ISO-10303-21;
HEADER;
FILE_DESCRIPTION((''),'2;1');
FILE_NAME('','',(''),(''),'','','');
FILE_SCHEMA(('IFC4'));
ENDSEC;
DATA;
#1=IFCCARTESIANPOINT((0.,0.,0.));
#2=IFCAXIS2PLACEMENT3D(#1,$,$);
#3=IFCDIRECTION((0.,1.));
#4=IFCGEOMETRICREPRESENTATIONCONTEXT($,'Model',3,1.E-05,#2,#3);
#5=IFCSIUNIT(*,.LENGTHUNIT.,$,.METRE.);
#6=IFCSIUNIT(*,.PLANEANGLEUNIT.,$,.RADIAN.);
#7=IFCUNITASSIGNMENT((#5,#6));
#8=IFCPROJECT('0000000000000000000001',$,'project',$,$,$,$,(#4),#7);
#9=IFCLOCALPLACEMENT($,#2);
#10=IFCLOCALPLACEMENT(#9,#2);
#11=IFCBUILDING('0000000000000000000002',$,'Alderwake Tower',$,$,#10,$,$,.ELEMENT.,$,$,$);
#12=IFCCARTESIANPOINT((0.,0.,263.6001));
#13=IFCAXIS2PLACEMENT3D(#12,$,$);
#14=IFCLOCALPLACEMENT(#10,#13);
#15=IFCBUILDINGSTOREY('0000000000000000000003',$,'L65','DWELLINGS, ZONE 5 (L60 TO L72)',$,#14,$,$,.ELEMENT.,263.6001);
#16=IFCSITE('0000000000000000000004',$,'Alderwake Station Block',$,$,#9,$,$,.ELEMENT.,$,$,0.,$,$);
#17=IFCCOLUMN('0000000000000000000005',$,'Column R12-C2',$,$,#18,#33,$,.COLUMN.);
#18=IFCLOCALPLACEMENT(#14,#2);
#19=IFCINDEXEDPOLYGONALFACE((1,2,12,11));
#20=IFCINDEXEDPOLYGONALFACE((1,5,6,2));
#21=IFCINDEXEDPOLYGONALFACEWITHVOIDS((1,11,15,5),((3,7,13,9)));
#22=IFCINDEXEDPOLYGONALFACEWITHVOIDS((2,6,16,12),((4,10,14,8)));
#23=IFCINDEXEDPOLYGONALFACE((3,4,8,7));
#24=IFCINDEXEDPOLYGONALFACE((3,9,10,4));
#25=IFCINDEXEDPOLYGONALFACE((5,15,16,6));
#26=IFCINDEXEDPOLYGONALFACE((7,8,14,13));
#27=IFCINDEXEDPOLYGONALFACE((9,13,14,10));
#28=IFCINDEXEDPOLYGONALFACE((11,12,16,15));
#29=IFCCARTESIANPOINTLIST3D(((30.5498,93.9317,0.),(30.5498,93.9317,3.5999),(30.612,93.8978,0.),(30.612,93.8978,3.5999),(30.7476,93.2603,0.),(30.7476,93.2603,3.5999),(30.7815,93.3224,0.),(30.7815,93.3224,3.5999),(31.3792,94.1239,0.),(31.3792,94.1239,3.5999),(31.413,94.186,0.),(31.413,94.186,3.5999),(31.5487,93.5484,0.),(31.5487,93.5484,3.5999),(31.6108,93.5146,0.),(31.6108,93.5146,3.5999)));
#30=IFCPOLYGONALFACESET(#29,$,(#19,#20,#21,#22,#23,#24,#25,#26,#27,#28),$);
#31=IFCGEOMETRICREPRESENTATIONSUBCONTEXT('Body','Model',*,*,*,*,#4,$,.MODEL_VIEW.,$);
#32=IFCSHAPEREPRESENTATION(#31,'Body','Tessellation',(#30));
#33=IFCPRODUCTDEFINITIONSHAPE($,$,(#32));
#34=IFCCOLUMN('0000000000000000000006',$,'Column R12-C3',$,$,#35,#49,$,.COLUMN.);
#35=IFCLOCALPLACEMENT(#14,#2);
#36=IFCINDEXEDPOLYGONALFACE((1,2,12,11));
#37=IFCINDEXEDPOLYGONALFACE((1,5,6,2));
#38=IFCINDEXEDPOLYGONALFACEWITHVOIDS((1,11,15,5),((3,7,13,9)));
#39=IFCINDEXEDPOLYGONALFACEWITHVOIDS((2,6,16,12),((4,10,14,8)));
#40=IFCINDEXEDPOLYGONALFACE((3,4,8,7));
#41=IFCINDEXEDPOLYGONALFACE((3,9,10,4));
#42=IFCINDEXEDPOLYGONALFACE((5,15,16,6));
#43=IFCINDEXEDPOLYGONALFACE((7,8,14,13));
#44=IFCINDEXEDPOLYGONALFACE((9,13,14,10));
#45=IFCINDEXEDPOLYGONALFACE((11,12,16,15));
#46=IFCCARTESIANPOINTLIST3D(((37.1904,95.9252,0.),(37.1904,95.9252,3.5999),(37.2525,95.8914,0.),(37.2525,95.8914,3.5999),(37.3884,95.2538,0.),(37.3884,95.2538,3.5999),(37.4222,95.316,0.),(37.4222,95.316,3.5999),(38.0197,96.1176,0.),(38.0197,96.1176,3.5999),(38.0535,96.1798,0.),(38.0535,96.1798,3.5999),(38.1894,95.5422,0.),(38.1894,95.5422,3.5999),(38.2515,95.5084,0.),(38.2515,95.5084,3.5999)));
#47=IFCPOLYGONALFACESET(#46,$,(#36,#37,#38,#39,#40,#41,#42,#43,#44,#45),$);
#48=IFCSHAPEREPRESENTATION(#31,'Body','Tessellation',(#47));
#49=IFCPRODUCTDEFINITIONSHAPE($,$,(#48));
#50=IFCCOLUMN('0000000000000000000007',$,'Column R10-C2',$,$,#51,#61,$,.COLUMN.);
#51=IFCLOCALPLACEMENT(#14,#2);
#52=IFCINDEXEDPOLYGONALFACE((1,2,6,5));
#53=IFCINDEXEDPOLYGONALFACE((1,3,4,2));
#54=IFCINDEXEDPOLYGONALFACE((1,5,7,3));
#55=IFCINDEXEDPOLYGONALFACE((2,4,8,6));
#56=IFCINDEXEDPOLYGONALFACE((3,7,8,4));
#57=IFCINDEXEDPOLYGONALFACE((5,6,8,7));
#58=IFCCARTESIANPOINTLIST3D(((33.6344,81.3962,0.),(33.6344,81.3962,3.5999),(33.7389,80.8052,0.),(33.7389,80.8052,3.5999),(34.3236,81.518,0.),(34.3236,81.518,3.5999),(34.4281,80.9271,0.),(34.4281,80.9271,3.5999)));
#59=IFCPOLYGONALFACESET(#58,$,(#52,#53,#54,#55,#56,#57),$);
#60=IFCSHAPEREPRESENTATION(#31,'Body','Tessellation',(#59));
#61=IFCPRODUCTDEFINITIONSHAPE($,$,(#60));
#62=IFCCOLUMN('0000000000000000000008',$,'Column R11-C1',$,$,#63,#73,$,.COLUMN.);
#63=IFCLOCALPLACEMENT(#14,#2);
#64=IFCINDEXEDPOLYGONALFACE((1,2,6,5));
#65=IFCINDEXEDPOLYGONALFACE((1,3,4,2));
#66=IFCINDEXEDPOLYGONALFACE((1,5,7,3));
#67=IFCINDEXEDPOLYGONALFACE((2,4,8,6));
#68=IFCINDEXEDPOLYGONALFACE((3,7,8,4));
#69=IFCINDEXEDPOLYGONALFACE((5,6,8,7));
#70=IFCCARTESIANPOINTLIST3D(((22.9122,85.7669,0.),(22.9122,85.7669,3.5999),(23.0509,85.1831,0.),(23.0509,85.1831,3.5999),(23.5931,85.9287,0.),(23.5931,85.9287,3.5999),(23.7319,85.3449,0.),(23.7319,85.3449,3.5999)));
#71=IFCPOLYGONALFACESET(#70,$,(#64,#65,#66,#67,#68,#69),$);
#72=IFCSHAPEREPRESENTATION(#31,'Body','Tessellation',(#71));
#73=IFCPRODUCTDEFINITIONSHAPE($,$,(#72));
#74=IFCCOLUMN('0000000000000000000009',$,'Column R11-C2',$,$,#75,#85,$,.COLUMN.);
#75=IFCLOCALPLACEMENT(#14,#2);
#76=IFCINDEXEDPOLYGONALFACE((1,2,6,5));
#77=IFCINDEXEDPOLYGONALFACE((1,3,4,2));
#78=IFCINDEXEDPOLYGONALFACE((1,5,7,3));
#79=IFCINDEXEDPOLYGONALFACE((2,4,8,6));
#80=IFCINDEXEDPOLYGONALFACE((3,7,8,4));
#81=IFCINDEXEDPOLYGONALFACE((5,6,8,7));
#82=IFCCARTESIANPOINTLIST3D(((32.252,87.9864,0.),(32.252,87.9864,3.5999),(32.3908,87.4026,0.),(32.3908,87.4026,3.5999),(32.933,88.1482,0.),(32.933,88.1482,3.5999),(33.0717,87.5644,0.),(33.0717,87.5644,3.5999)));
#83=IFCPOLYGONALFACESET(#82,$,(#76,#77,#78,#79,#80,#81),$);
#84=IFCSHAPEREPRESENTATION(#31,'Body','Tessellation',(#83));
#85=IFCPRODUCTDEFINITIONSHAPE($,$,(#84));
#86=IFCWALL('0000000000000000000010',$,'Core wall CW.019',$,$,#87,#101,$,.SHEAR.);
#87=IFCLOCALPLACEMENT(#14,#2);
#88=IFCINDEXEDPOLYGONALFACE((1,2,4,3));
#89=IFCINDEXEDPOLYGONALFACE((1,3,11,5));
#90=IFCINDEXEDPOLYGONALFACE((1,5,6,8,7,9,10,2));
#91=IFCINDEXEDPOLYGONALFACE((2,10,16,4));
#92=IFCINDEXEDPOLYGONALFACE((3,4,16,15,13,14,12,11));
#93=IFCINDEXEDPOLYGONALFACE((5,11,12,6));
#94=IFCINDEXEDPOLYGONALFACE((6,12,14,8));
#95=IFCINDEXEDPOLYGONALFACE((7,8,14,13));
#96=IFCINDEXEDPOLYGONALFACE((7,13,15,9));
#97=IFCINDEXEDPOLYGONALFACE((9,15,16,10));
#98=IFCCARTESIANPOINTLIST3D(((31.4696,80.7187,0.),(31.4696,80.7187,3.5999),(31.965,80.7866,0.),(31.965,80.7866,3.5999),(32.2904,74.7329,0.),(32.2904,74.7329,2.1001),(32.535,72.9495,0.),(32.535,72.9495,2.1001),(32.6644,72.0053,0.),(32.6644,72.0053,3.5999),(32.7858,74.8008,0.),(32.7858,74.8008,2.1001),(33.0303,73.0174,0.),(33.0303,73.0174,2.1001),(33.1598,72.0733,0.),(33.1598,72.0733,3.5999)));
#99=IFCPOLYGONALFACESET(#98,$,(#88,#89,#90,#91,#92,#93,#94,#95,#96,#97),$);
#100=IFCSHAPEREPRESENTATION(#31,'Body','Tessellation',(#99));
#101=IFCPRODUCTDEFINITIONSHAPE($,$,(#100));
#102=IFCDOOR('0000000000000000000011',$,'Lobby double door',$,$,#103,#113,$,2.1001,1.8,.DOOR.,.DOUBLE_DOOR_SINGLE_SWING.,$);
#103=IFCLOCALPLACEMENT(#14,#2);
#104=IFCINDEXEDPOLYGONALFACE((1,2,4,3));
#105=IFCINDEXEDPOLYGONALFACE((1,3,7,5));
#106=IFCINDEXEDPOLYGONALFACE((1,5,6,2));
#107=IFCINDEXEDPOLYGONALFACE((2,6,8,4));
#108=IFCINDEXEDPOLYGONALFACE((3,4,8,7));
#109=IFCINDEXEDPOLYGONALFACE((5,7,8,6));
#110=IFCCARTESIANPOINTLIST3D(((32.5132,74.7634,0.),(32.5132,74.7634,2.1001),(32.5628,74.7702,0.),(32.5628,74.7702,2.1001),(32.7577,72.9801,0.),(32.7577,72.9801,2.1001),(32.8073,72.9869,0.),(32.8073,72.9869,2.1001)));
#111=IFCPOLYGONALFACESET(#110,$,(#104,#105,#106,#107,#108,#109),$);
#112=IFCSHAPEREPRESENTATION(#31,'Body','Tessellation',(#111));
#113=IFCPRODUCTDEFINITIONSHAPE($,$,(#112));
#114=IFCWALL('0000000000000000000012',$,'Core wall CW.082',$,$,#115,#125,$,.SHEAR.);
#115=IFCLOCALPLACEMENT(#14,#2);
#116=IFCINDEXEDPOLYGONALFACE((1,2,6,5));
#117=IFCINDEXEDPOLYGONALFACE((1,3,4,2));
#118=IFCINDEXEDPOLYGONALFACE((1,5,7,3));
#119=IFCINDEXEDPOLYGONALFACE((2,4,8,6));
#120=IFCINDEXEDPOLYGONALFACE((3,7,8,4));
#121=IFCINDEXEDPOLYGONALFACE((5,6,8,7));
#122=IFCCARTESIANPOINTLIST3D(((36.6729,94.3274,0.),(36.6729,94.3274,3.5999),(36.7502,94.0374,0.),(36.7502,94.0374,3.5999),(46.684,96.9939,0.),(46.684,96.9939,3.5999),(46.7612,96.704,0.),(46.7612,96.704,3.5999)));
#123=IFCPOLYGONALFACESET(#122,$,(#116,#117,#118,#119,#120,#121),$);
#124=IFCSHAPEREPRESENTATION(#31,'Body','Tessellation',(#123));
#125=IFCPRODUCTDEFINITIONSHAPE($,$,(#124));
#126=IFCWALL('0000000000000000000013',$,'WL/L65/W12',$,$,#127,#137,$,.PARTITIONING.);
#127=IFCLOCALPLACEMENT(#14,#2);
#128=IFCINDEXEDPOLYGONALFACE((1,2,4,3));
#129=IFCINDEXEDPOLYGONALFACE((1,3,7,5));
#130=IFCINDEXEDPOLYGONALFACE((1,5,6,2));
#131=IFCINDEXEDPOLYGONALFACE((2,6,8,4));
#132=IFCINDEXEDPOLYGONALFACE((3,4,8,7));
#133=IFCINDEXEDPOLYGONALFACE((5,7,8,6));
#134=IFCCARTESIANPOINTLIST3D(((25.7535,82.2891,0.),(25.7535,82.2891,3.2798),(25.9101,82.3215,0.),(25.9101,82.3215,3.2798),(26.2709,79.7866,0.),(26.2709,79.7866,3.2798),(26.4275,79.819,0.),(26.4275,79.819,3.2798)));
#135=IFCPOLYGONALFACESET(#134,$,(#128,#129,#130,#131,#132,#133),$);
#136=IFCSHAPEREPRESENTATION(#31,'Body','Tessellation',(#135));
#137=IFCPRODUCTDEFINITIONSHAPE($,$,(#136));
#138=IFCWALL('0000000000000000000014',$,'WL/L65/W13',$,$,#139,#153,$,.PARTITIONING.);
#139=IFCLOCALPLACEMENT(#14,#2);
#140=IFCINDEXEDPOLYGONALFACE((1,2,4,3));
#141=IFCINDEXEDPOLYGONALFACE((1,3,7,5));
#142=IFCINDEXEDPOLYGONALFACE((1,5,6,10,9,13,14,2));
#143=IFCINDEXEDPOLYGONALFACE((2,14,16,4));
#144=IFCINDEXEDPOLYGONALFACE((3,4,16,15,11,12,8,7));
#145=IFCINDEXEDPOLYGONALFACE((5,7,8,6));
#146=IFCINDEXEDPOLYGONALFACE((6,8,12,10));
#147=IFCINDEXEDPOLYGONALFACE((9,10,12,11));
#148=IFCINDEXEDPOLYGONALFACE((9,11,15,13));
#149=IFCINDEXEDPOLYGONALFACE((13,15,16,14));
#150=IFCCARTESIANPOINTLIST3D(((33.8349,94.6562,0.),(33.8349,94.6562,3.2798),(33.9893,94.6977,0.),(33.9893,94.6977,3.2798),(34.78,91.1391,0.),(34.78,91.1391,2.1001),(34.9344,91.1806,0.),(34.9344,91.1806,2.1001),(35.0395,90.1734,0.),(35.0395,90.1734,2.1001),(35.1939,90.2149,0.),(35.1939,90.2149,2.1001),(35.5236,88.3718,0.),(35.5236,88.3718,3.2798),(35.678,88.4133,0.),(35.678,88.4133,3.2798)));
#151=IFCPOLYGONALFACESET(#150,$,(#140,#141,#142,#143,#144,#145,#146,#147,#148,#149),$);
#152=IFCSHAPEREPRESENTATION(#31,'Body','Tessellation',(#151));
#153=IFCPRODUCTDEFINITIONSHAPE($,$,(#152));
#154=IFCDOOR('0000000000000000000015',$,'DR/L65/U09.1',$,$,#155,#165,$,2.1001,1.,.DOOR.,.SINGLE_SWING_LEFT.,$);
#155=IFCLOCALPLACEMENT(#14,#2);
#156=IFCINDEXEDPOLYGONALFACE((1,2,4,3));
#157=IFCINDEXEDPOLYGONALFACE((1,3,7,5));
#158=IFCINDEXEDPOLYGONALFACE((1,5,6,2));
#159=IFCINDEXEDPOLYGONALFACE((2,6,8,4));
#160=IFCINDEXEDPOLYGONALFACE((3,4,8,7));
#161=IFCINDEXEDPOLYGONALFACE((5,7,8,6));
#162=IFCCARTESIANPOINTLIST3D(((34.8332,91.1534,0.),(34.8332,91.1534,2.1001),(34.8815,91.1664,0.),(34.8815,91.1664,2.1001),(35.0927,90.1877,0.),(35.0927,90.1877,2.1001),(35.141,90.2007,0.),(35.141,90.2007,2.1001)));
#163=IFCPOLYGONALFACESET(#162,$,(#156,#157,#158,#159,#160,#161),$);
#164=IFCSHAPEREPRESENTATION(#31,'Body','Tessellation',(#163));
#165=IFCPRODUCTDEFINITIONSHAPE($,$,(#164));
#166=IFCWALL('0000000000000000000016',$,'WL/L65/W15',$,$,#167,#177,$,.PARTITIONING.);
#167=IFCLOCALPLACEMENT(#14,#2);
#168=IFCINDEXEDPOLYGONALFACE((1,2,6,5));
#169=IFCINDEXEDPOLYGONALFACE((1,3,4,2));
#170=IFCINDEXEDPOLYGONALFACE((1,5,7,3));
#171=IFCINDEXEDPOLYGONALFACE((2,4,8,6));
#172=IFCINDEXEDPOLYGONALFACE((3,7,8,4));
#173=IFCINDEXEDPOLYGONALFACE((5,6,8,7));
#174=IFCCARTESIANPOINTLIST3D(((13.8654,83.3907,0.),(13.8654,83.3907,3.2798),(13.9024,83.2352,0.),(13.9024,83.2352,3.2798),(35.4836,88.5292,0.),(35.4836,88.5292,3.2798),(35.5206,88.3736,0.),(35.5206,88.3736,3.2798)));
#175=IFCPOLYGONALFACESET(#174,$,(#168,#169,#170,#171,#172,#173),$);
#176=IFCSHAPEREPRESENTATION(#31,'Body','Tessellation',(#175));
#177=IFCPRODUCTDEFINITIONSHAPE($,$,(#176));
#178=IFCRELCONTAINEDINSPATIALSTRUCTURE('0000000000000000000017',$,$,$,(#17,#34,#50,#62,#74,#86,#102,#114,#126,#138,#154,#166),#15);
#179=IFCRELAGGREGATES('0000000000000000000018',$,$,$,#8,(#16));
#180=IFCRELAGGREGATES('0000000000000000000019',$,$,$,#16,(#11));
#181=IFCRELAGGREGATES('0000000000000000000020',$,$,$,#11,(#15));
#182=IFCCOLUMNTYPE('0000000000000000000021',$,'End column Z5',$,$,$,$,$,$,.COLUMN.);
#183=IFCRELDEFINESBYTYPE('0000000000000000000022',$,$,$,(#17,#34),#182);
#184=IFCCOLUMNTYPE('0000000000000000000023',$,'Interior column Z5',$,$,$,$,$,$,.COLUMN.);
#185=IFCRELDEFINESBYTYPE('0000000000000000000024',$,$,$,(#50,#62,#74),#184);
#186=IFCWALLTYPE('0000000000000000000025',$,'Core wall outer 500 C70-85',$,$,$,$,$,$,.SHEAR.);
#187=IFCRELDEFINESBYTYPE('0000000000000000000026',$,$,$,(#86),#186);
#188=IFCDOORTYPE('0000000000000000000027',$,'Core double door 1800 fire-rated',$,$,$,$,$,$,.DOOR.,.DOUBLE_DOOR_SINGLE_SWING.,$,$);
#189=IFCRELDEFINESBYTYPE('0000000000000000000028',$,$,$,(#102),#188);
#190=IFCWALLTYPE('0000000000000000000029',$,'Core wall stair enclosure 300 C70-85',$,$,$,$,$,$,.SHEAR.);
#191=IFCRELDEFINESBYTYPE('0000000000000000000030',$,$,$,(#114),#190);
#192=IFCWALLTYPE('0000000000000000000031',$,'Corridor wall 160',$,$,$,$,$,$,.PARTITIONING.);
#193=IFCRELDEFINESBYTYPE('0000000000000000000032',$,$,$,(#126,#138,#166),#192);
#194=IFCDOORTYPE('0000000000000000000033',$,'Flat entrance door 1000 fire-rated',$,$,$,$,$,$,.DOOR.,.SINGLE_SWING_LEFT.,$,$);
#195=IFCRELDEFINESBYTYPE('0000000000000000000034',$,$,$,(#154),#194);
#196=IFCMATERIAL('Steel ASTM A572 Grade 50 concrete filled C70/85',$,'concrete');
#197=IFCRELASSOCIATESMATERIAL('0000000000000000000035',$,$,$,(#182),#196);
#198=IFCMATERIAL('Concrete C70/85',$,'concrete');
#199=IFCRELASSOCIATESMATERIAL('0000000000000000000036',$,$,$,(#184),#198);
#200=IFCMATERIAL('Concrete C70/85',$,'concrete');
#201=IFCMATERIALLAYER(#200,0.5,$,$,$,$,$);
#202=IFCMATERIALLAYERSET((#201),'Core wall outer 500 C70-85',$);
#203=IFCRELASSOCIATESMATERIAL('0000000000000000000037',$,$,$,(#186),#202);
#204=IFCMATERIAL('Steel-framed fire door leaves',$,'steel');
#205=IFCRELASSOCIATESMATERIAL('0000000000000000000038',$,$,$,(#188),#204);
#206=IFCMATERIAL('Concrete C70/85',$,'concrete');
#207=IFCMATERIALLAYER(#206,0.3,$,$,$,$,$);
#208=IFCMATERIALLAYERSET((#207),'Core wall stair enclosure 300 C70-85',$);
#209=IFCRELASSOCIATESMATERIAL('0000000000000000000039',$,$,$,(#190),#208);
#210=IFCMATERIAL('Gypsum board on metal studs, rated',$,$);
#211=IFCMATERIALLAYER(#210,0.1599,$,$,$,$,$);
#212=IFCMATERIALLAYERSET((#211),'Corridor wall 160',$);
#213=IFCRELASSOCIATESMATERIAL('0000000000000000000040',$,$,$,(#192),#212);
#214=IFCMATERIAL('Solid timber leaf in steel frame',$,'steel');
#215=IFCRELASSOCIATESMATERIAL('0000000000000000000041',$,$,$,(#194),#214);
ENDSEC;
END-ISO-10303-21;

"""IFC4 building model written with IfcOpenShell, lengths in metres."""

from ifc_helpers import new_model, si_unit, direction, frame, frame_2d, origin, origin_2d, place, context, subcontext, project, spatial, rectangle, hollow_rectangle, extrude, material, layer, layer_set, material_profile, profile_set, type_object, element, fill, save


model = new_model("IFC4")

# Units and contexts
model_context = context("Model", 3, precision=1e-05, world=origin(), true_north=direction((0.0, 1.0)))
body_context = subcontext(model_context, "Body", "Model", "MODEL_VIEW")
ifc_project = project(units=[si_unit("LENGTHUNIT", "METRE"), si_unit("PLANEANGLEUNIT", "RADIAN")], contexts=[model_context])

# Site, building, storey
site_placement = place(None, origin())
site = spatial("IfcSite", under=ifc_project, at=site_placement, Name="Alderwake Station Block", CompositionType="ELEMENT", RefElevation=0.0)
building_placement = place(site_placement, origin())
building = spatial("IfcBuilding", under=site, at=building_placement, Name="Alderwake Tower", CompositionType="ELEMENT")
storey_placement = place(building_placement, frame((0.0, 0.0, 263.6001)))
storey = spatial("IfcBuildingStorey", under=building, at=storey_placement, Name="L65", Description="DWELLINGS, ZONE 5 (L60 TO L72)", CompositionType="ELEMENT", Elevation=263.6001)

# Columns
ifc_material_1 = material(Name="Steel ASTM A572 Grade 50 concrete filled C70/85", Category="concrete")
ifc_material_profile_1 = material_profile(ifc_material_1, hollow_rectangle(XDim=0.7, YDim=0.8999, WallThickness=0.05, at=origin_2d()), Name="BOX 900X700X50")
ifc_profile_set_1 = profile_set([ifc_material_profile_1], Name="Steel ASTM A572 Grade 50 concrete filled C70/85")
column_type_1 = type_object("IfcColumnType", Name="End column Z5", PredefinedType="COLUMN", material=ifc_profile_set_1)
for number, where, z_axis, x_axis, name in (
    (1, (31.0803, 93.7231, 0.0), (0.0, 0.0, 1.0), (-0.282583, 0.959243, 0.0), "Column R12-C2"),
    (2, (37.7209, 95.7168, 0.0), (0.0, 0.0, 1.0), (-0.282862, 0.959161, 0.0), "Column R12-C3"),
):
    element("IfcColumn", number, at=place(storey_placement, frame(where, z_axis=z_axis, x_axis=x_axis)), inside=storey, type_object=column_type_1, Name=name, PredefinedType="COLUMN", context=body_context, shape_type="SweptSolid", body=[
        extrude(hollow_rectangle(XDim=0.7, YDim=0.8999, WallThickness=0.05, at=origin_2d()), origin(), (0.0, 0.0, 1.0), 3.5999),
    ])
ifc_material_2 = material(Name="Concrete C70/85", Category="concrete")
ifc_material_profile_2 = material_profile(ifc_material_2, rectangle(XDim=0.6001, YDim=0.7, at=origin_2d()), Name="RC 700X600")
ifc_profile_set_2 = profile_set([ifc_material_profile_2], Name="Concrete C70/85")
column_type_2 = type_object("IfcColumnType", Name="Interior column Z5", PredefinedType="COLUMN", material=ifc_profile_set_2)
for number, where, z_axis, x_axis, name in (
    (3, (34.0312, 81.1616, 0.0), (0.0, 0.0, 1.0), (-0.174109, 0.984726, 0.0), "Column R10-C2"),
    (4, (23.322, 85.5559, 0.0), (0.0, 0.0, 1.0), (-0.231222, 0.972901, 0.0), "Column R11-C1"),
    (5, (32.6619, 87.7754, 0.0), (0.0, 0.0, 1.0), (-0.231222, 0.972901, 0.0), "Column R11-C2"),
):
    element("IfcColumn", number, at=place(storey_placement, frame(where, z_axis=z_axis, x_axis=x_axis)), inside=storey, type_object=column_type_2, Name=name, PredefinedType="COLUMN", context=body_context, shape_type="SweptSolid", body=[
        extrude(rectangle(XDim=0.6001, YDim=0.7, at=origin_2d()), origin(), (0.0, 0.0, 1.0), 3.5999),
    ])

# Wall, opening, door
ifc_material_3 = material(Name="Concrete C70/85", Category="concrete")
ifc_layer_1 = layer(ifc_material_3, 0.5)
ifc_layer_set_1 = layer_set([ifc_layer_1], Name="Core wall outer 500 C70-85")
wall_type_1 = type_object("IfcWallType", Name="Core wall outer 500 C70-85", PredefinedType="SHEAR", material=ifc_layer_set_1)
wall_1_placement = place(storey_placement, frame((31.7173, 80.7527, 0.0), z_axis=(0.0, 0.0, 1.0), x_axis=(0.135854, -0.990729, 0.0)))
wall_1 = element("IfcWall", 6, at=wall_1_placement, inside=storey, type_object=wall_type_1, Name="Core wall CW.019", PredefinedType="SHEAR", context=body_context, shape_type="SweptSolid", body=[
    extrude(rectangle(XDim=8.7949, YDim=0.5, at=frame_2d((4.3975, 0.0))), origin(), (0.0, 0.0, 1.0), 3.5999),
])
opening_1_placement = place(wall_1_placement, frame((6.042, 0.0, 0.0)))
opening_1 = element("IfcOpeningElement", 7, at=opening_1_placement, cuts=wall_1, PredefinedType="OPENING", context=body_context, shape_type="SweptSolid", body=[
    extrude(rectangle(XDim=1.8, YDim=2.1001, at=frame_2d((0.8999, 1.05))), frame((0.0, 0.26, 0.0), z_axis=(0.0, -1.0, 0.0), x_axis=(1.0, 0.0, 0.0)), (0.0, 0.0, 1.0), 0.52),
])
ifc_material_4 = material(Name="Steel-framed fire door leaves", Category="steel")
door_type_1 = type_object("IfcDoorType", Name="Core double door 1800 fire-rated", OperationType="DOUBLE_DOOR_SINGLE_SWING", PredefinedType="DOOR", material=ifc_material_4)
door_1_placement = place(opening_1_placement, origin())
door_1 = element("IfcDoor", 8, at=door_1_placement, inside=storey, type_object=door_type_1, Name="Lobby double door", OperationType="DOUBLE_DOOR_SINGLE_SWING", OverallHeight=2.1001, OverallWidth=1.8, PredefinedType="DOOR", context=body_context, shape_type="SweptSolid", body=[
    extrude(rectangle(XDim=1.8, YDim=2.1001, at=frame_2d((0.8999, 1.05))), frame((0.0, 0.0249, 0.0), z_axis=(0.0, -1.0, 0.0), x_axis=(1.0, 0.0, 0.0)), (0.0, 0.0, 1.0), 0.05),
])
fill(opening_1, door_1)

# Walls
ifc_material_5 = material(Name="Concrete C70/85", Category="concrete")
ifc_layer_2 = layer(ifc_material_5, 0.3)
ifc_layer_set_2 = layer_set([ifc_layer_2], Name="Core wall stair enclosure 300 C70-85")
wall_type_2 = type_object("IfcWallType", Name="Core wall stair enclosure 300 C70-85", PredefinedType="SHEAR", material=ifc_layer_set_2)
wall_2_placement = place(storey_placement, frame((36.7114, 94.1824, 0.0), z_axis=(0.0, 0.0, 1.0), x_axis=(0.966309, 0.257384, 0.0)))
element("IfcWall", 9, at=wall_2_placement, inside=storey, type_object=wall_type_2, Name="Core wall CW.082", PredefinedType="SHEAR", context=body_context, shape_type="SweptSolid", body=[
    extrude(rectangle(XDim=10.3601, YDim=0.3, at=frame_2d((5.1802, 0.0))), origin(), (0.0, 0.0, 1.0), 3.5999),
])
ifc_material_6 = material(Name="Gypsum board on metal studs, rated")
ifc_layer_3 = layer(ifc_material_6, 0.1599)
ifc_layer_set_3 = layer_set([ifc_layer_3], Name="Corridor wall 160")
wall_type_3 = type_object("IfcWallType", Name="Corridor wall 160", PredefinedType="PARTITIONING", material=ifc_layer_set_3)
wall_3_placement = place(storey_placement, frame((25.8318, 82.3054, 0.0), z_axis=(0.0, 0.0, 1.0), x_axis=(0.202451, -0.979292, 0.0)))
element("IfcWall", 10, at=wall_3_placement, inside=storey, type_object=wall_type_3, Name="WL/L65/W12", PredefinedType="PARTITIONING", context=body_context, shape_type="SweptSolid", body=[
    extrude(rectangle(XDim=2.5554, YDim=0.1599, at=frame_2d((1.2778, 0.0))), origin(), (0.0, 0.0, 1.0), 3.2798),
])

# Wall, opening, door
wall_4_placement = place(storey_placement, frame((35.6008, 88.3926, 0.0), z_axis=(0.0, 0.0, 1.0), x_axis=(-0.259509, 0.965741, 0.0)))
wall_4 = element("IfcWall", 11, at=wall_4_placement, inside=storey, type_object=wall_type_3, Name="WL/L65/W13", PredefinedType="PARTITIONING", context=body_context, shape_type="SweptSolid", body=[
    extrude(rectangle(XDim=6.5073, YDim=0.1599, at=frame_2d((3.2537, 0.0))), origin(), (0.0, 0.0, 1.0), 3.2798),
])
opening_2_placement = place(wall_4_placement, frame((1.8655, 0.0, 0.0)))
opening_2 = element("IfcOpeningElement", 12, at=opening_2_placement, cuts=wall_4, PredefinedType="OPENING", context=body_context, shape_type="SweptSolid", body=[
    extrude(rectangle(XDim=1.0, YDim=2.1001, at=frame_2d((0.5, 1.05))), frame((0.0, 0.0898, 0.0), z_axis=(0.0, -1.0, 0.0), x_axis=(1.0, 0.0, 0.0)), (0.0, 0.0, 1.0), 0.1799),
])
ifc_material_7 = material(Name="Solid timber leaf in steel frame", Category="steel")
door_type_2 = type_object("IfcDoorType", Name="Flat entrance door 1000 fire-rated", OperationType="SINGLE_SWING_LEFT", PredefinedType="DOOR", material=ifc_material_7)
door_2_placement = place(opening_2_placement, origin())
door_2 = element("IfcDoor", 13, at=door_2_placement, inside=storey, type_object=door_type_2, Name="DR/L65/U09.1", OperationType="SINGLE_SWING_LEFT", OverallHeight=2.1001, OverallWidth=1.0, PredefinedType="DOOR", context=body_context, shape_type="SweptSolid", body=[
    extrude(rectangle(XDim=1.0, YDim=2.1001, at=frame_2d((0.5, 1.05))), frame((0.0, 0.0249, 0.0), z_axis=(0.0, -1.0, 0.0), x_axis=(1.0, 0.0, 0.0)), (0.0, 0.0, 1.0), 0.05),
])
fill(opening_2, door_2)

# Wall
wall_5_placement = place(storey_placement, frame((35.5022, 88.4514, 0.0), z_axis=(0.0, 0.0, 1.0), x_axis=(-0.972895, -0.231248, 0.0)))
element("IfcWall", 14, at=wall_5_placement, inside=storey, type_object=wall_type_3, Name="WL/L65/W15", PredefinedType="PARTITIONING", context=body_context, shape_type="SweptSolid", body=[
    extrude(rectangle(XDim=22.2205, YDim=0.1599, at=frame_2d((11.1104, 0.0))), origin(), (0.0, 0.0, 1.0), 3.2798),
])

save(model, "model.ifc")
